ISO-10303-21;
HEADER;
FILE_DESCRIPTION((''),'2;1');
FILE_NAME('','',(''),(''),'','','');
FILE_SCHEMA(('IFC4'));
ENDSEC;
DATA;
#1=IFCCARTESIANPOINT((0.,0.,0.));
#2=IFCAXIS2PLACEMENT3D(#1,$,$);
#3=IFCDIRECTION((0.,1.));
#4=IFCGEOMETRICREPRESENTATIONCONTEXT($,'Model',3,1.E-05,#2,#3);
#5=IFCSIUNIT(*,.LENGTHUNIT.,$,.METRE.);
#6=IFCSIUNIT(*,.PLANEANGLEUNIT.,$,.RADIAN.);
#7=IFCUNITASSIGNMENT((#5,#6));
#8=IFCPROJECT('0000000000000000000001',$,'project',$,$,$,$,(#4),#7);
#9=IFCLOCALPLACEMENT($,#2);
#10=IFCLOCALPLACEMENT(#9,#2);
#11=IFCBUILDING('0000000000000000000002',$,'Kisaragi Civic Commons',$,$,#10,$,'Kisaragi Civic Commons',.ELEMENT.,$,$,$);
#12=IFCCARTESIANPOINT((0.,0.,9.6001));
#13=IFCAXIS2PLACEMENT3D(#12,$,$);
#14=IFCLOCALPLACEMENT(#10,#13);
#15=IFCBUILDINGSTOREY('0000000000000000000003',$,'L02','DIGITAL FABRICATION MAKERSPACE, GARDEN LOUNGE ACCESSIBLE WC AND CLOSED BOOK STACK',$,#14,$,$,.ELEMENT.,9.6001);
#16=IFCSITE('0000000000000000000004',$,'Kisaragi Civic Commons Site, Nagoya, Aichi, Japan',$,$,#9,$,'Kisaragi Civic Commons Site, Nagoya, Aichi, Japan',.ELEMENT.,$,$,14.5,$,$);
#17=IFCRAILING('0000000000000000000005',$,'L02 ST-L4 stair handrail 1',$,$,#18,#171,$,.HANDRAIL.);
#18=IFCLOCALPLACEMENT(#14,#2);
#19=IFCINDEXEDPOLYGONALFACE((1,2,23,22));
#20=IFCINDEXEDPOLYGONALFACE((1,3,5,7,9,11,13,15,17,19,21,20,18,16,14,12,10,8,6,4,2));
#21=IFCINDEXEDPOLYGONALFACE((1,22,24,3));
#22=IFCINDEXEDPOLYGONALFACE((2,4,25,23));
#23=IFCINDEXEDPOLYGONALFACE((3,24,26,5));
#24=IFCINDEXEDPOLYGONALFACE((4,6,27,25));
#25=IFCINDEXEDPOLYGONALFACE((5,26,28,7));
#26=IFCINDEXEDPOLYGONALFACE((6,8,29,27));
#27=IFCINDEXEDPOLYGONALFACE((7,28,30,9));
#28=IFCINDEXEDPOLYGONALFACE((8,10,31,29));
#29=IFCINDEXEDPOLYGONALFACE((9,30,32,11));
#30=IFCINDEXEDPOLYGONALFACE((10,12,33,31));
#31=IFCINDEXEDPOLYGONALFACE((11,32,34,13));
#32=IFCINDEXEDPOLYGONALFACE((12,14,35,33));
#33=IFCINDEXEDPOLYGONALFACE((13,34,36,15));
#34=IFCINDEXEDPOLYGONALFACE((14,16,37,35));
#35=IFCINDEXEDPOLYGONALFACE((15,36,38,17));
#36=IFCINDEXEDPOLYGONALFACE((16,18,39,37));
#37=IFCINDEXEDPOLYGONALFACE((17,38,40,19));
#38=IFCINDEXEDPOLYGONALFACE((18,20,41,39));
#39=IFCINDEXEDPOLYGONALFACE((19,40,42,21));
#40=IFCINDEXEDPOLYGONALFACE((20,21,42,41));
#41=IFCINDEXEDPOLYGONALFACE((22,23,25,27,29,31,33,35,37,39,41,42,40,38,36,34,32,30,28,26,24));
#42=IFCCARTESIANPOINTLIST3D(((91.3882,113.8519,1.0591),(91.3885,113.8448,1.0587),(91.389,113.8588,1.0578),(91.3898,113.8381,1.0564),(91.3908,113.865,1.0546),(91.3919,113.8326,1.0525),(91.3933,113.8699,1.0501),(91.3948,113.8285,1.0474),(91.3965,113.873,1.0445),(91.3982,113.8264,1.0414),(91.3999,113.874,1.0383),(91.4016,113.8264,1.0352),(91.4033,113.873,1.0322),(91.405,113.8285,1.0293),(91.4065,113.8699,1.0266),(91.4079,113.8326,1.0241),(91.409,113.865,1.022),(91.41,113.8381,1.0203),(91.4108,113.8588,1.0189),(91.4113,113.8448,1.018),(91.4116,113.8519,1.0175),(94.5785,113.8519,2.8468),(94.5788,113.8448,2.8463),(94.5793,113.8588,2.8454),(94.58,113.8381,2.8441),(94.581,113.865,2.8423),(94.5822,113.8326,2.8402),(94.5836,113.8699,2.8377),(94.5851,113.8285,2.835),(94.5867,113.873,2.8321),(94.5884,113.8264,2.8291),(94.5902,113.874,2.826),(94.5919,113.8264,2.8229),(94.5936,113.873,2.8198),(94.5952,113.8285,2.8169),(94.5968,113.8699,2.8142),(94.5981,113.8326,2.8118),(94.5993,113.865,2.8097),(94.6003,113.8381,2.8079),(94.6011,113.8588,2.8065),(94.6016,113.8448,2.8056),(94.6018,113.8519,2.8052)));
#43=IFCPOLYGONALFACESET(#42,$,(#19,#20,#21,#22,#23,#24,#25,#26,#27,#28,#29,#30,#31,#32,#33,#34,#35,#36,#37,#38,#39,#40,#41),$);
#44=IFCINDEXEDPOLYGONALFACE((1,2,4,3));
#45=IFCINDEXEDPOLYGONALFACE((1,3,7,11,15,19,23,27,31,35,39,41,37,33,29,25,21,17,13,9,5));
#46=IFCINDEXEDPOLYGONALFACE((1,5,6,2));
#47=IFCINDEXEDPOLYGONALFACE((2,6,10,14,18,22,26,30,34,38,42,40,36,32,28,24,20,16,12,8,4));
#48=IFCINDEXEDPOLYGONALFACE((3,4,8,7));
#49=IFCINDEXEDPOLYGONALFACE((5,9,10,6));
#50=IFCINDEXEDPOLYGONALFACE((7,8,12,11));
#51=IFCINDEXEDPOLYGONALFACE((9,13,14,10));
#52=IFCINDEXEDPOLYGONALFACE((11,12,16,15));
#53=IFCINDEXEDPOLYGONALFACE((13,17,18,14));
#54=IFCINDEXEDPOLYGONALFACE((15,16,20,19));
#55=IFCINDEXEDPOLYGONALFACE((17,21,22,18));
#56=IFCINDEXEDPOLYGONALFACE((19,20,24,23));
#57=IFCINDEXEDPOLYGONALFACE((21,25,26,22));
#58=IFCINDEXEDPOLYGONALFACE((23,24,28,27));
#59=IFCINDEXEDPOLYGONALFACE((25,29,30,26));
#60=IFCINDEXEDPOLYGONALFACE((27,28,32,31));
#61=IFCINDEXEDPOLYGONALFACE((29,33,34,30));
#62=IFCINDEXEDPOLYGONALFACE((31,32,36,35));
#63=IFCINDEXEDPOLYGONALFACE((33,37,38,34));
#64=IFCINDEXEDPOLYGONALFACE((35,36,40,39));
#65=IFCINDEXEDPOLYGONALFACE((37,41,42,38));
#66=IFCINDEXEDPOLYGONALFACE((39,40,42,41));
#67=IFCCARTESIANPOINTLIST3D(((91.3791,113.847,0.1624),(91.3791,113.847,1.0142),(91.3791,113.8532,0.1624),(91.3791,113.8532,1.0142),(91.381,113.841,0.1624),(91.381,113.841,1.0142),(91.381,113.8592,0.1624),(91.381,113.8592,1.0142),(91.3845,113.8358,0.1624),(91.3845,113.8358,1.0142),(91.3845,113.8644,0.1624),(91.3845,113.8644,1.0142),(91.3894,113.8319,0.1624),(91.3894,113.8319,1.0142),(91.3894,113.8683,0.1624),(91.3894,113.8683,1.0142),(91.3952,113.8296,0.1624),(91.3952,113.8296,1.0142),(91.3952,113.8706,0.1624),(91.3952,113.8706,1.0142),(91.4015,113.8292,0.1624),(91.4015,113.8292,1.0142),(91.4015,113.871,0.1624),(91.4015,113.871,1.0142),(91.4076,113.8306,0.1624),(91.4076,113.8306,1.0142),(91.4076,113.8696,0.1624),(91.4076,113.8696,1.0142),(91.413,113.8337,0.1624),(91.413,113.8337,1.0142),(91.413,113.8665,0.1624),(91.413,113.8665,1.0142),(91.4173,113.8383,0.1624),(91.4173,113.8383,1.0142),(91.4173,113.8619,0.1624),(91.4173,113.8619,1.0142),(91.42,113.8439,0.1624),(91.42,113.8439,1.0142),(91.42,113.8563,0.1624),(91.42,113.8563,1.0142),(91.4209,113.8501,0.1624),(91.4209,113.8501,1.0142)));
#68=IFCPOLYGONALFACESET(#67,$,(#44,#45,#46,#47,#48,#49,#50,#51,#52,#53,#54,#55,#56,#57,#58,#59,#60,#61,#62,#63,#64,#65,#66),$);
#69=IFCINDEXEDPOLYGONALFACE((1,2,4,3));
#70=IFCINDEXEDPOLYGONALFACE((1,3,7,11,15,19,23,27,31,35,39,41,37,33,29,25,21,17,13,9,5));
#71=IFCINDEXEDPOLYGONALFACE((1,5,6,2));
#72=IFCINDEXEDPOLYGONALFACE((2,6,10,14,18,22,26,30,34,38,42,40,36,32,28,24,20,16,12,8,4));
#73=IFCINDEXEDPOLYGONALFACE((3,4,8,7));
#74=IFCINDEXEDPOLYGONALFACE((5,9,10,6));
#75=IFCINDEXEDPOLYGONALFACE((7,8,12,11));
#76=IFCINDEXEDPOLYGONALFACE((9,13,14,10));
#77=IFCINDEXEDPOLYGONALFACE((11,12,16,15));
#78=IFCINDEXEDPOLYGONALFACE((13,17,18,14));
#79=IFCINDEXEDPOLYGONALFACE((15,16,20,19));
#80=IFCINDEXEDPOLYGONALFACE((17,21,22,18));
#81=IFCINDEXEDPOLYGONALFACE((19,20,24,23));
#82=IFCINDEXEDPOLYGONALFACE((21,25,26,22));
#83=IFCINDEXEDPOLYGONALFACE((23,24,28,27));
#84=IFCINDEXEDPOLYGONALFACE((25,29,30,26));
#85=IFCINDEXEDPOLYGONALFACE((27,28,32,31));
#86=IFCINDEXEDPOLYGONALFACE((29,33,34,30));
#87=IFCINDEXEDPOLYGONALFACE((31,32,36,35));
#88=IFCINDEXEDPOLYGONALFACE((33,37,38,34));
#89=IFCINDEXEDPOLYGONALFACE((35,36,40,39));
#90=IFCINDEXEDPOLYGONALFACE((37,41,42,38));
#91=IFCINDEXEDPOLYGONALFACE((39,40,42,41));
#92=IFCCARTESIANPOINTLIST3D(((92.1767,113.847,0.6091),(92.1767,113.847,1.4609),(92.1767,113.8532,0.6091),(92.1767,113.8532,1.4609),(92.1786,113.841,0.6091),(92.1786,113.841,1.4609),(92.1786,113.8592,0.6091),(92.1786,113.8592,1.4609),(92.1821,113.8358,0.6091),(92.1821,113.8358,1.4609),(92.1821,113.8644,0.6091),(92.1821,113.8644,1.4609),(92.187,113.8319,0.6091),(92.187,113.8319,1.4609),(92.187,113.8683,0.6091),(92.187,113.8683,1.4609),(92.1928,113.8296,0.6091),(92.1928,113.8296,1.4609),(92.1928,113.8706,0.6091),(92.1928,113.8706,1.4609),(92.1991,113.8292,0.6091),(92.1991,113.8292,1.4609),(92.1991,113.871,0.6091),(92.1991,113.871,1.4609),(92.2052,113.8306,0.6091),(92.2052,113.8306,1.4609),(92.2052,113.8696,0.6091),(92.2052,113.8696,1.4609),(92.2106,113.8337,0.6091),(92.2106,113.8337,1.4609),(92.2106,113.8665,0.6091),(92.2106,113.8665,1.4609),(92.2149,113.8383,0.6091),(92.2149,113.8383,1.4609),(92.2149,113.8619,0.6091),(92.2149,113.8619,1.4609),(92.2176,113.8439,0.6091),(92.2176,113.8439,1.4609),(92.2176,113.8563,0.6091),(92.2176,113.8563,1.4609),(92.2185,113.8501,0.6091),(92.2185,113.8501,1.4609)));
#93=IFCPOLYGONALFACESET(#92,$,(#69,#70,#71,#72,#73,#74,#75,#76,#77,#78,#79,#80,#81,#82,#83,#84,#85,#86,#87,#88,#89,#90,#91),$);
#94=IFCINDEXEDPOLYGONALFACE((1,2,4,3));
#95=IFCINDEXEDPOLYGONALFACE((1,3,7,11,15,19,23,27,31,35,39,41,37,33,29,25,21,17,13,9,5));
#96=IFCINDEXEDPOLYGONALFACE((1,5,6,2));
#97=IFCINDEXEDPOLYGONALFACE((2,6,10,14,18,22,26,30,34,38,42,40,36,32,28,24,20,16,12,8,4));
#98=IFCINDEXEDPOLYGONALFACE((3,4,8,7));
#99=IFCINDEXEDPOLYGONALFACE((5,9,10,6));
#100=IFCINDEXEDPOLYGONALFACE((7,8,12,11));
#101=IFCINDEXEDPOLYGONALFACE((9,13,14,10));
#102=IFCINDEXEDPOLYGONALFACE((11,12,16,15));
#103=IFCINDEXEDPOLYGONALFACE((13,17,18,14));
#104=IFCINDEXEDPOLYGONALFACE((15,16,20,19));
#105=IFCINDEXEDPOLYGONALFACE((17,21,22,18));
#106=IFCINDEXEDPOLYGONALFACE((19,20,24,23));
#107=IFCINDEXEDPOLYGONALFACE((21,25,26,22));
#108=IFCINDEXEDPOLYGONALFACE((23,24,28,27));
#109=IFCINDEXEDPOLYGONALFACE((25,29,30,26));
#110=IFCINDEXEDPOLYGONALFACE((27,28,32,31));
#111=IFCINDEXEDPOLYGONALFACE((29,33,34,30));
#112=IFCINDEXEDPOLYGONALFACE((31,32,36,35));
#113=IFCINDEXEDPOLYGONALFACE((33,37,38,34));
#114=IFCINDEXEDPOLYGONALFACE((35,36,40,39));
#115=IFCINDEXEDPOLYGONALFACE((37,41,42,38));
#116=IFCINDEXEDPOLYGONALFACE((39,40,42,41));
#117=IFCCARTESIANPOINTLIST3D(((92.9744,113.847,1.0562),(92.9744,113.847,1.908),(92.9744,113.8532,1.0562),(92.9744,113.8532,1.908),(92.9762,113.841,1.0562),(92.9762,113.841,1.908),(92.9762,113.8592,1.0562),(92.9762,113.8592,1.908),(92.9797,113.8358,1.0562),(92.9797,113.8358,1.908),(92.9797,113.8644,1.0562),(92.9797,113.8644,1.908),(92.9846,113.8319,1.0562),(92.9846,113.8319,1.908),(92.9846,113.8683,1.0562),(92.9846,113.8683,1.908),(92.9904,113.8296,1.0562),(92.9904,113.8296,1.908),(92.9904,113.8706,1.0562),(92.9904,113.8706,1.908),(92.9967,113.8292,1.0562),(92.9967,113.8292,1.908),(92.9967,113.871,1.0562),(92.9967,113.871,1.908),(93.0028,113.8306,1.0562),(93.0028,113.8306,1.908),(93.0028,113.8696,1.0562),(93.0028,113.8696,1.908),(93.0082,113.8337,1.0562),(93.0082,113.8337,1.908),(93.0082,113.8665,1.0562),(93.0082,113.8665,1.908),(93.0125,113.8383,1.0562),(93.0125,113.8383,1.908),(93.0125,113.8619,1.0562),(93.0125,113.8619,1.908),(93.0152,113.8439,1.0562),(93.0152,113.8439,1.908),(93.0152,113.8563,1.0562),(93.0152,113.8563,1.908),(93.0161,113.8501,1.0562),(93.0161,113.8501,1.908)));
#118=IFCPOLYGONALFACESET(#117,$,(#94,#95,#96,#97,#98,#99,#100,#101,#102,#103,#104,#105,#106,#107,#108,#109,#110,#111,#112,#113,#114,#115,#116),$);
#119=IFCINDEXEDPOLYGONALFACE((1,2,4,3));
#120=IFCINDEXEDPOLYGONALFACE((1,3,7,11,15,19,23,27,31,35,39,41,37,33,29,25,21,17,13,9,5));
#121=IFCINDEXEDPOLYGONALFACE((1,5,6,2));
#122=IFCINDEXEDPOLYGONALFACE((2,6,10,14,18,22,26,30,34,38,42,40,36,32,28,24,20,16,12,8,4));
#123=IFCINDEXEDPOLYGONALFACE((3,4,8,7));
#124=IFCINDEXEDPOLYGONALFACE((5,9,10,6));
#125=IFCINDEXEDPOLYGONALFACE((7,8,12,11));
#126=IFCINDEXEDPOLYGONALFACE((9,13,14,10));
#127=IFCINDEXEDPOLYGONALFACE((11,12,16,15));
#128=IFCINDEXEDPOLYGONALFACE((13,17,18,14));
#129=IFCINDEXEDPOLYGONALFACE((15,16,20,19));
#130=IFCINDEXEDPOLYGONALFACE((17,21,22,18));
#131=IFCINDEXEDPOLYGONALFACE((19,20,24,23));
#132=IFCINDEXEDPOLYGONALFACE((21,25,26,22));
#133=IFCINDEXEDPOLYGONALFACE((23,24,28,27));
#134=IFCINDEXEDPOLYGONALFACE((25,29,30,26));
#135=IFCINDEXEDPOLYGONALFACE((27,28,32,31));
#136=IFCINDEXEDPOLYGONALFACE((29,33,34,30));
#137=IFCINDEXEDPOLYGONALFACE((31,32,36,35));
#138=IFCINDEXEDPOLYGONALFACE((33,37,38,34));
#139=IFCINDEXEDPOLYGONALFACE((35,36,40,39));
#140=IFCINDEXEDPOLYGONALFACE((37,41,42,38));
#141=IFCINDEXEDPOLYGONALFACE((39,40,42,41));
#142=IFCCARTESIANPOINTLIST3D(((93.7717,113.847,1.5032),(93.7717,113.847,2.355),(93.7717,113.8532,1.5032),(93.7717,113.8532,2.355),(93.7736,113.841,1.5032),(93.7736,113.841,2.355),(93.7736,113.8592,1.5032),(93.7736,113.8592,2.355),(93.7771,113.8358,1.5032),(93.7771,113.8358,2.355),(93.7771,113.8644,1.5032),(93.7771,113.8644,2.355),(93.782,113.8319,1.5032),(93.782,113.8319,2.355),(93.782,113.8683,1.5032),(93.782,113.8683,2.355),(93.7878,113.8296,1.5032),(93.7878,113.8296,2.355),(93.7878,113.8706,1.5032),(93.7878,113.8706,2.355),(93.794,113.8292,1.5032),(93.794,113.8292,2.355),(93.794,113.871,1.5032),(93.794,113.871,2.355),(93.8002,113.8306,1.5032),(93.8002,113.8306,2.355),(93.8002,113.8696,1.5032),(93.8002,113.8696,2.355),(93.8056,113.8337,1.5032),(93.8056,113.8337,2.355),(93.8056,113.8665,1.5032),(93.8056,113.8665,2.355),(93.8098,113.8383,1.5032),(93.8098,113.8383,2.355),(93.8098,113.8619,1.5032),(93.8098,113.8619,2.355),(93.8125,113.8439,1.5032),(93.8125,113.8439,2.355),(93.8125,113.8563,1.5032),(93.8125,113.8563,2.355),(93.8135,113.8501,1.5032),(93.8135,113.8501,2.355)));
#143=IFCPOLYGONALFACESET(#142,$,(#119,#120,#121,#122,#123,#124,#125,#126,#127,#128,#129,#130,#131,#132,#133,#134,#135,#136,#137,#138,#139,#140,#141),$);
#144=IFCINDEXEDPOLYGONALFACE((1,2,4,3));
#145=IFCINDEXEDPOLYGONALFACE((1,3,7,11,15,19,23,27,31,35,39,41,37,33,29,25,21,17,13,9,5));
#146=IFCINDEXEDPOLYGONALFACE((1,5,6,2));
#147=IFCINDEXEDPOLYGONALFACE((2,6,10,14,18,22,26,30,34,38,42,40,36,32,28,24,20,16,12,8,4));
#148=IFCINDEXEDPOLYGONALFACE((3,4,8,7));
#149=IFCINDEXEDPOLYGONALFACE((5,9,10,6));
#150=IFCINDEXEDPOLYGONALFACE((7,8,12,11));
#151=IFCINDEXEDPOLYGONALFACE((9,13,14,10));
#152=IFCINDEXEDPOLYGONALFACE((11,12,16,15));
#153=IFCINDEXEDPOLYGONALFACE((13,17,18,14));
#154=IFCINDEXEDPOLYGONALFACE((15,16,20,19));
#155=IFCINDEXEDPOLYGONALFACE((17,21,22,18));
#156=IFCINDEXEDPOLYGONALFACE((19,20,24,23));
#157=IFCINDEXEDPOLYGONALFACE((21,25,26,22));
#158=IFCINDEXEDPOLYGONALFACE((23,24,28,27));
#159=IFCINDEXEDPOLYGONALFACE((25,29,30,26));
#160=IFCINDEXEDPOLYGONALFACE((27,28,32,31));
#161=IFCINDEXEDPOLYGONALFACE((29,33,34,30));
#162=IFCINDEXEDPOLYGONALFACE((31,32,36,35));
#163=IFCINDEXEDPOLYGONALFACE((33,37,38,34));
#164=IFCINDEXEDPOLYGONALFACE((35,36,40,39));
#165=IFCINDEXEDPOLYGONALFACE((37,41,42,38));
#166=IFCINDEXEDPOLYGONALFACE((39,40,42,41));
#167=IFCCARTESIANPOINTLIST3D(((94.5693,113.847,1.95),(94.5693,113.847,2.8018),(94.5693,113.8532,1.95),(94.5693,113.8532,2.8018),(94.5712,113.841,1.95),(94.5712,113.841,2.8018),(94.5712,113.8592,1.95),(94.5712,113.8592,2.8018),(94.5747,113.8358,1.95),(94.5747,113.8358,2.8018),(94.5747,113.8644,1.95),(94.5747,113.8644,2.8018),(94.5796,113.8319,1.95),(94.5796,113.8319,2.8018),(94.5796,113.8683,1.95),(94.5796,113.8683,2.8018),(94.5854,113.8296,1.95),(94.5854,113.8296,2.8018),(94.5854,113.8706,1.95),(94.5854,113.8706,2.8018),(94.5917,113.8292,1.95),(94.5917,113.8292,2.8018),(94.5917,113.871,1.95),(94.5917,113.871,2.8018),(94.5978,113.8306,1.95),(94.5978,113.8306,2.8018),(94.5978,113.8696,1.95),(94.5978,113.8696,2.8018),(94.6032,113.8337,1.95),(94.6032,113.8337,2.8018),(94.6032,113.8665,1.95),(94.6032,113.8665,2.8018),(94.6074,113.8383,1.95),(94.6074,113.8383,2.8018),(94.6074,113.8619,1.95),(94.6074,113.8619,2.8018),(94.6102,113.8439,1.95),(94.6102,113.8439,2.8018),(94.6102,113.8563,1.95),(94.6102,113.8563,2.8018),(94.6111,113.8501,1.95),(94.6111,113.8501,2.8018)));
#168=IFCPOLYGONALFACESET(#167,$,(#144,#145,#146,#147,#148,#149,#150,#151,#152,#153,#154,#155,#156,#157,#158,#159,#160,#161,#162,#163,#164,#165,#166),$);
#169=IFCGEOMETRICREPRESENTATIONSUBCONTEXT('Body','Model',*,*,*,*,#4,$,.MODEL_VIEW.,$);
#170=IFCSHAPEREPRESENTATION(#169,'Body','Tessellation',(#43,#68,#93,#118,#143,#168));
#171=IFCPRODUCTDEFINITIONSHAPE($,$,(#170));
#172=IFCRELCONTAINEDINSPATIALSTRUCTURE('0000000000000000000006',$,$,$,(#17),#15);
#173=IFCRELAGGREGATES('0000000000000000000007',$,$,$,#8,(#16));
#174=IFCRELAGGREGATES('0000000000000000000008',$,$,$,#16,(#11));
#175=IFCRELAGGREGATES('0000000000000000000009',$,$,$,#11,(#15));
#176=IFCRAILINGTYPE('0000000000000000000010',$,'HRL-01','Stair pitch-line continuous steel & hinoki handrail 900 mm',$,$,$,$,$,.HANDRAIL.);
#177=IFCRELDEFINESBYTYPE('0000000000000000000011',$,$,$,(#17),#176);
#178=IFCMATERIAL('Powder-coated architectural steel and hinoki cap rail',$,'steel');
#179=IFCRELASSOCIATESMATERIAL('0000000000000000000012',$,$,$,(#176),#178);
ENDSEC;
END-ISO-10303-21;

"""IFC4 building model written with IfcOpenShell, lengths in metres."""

from ifc_helpers import new_model, si_unit, direction, frame, origin, origin_2d, place, context, subcontext, project, spatial, circle, extrude, material, type_object, element, save


model = new_model("IFC4")

# Units and contexts
model_context = context("Model", 3, precision=1e-05, world=origin(), true_north=direction((0.0, 1.0)))
body_context = subcontext(model_context, "Body", "Model", "MODEL_VIEW")
ifc_project = project(units=[si_unit("LENGTHUNIT", "METRE"), si_unit("PLANEANGLEUNIT", "RADIAN")], contexts=[model_context])

# Site, building, storey
site_placement = place(None, origin())
site = spatial("IfcSite", under=ifc_project, at=site_placement, Name="Kisaragi Civic Commons Site, Nagoya, Aichi, Japan", LongName="Kisaragi Civic Commons Site, Nagoya, Aichi, Japan", CompositionType="ELEMENT", RefElevation=14.5)
building_placement = place(site_placement, origin())
building = spatial("IfcBuilding", under=site, at=building_placement, Name="Kisaragi Civic Commons", LongName="Kisaragi Civic Commons", CompositionType="ELEMENT")
storey_placement = place(building_placement, frame((0.0, 0.0, 9.6001)))
storey = spatial("IfcBuildingStorey", under=building, at=storey_placement, Name="L02", Description="DIGITAL FABRICATION MAKERSPACE, GARDEN LOUNGE ACCESSIBLE WC AND CLOSED BOOK STACK", CompositionType="ELEMENT", Elevation=9.6001)

# Railing
ifc_material_1 = material(Name="Powder-coated architectural steel and hinoki cap rail", Category="steel")
railing_type_1 = type_object("IfcRailingType", Name="HRL-01", Description="Stair pitch-line continuous steel & hinoki handrail 900 mm", PredefinedType="HANDRAIL", material=ifc_material_1)
railing_1_placement = place(storey_placement, frame((91.3999, 113.8501, 0.1624)))
element("IfcRailing", 1, at=railing_1_placement, inside=storey, type_object=railing_type_1, Name="L02 ST-L4 stair handrail 1", PredefinedType="HANDRAIL", context=body_context, shape_type="SweptSolid", body=[
    extrude(circle(Radius=0.0239, at=origin_2d()), frame((0.0, 0.0, 0.876), z_axis=(0.872378, 0.0, 0.488831), x_axis=(0.0, 1.0, 0.0)), (0.0, 0.0, 1.0), 3.657),
    extrude(circle(Radius=0.021, at=origin_2d()), origin(), (0.0, 0.0, 1.0), 0.8518),
    extrude(circle(Radius=0.021, at=origin_2d()), frame((0.7976, 0.0, 0.4468)), (0.0, 0.0, 1.0), 0.8518),
    extrude(circle(Radius=0.021, at=origin_2d()), frame((1.5952, 0.0, 0.8938)), (0.0, 0.0, 1.0), 0.8518),
    extrude(circle(Radius=0.021, at=origin_2d()), frame((2.3926, 0.0, 1.3408)), (0.0, 0.0, 1.0), 0.8518),
    extrude(circle(Radius=0.021, at=origin_2d()), frame((3.1902, 0.0, 1.7876)), (0.0, 0.0, 1.0), 0.8518),
])

save(model, "model.ifc")
